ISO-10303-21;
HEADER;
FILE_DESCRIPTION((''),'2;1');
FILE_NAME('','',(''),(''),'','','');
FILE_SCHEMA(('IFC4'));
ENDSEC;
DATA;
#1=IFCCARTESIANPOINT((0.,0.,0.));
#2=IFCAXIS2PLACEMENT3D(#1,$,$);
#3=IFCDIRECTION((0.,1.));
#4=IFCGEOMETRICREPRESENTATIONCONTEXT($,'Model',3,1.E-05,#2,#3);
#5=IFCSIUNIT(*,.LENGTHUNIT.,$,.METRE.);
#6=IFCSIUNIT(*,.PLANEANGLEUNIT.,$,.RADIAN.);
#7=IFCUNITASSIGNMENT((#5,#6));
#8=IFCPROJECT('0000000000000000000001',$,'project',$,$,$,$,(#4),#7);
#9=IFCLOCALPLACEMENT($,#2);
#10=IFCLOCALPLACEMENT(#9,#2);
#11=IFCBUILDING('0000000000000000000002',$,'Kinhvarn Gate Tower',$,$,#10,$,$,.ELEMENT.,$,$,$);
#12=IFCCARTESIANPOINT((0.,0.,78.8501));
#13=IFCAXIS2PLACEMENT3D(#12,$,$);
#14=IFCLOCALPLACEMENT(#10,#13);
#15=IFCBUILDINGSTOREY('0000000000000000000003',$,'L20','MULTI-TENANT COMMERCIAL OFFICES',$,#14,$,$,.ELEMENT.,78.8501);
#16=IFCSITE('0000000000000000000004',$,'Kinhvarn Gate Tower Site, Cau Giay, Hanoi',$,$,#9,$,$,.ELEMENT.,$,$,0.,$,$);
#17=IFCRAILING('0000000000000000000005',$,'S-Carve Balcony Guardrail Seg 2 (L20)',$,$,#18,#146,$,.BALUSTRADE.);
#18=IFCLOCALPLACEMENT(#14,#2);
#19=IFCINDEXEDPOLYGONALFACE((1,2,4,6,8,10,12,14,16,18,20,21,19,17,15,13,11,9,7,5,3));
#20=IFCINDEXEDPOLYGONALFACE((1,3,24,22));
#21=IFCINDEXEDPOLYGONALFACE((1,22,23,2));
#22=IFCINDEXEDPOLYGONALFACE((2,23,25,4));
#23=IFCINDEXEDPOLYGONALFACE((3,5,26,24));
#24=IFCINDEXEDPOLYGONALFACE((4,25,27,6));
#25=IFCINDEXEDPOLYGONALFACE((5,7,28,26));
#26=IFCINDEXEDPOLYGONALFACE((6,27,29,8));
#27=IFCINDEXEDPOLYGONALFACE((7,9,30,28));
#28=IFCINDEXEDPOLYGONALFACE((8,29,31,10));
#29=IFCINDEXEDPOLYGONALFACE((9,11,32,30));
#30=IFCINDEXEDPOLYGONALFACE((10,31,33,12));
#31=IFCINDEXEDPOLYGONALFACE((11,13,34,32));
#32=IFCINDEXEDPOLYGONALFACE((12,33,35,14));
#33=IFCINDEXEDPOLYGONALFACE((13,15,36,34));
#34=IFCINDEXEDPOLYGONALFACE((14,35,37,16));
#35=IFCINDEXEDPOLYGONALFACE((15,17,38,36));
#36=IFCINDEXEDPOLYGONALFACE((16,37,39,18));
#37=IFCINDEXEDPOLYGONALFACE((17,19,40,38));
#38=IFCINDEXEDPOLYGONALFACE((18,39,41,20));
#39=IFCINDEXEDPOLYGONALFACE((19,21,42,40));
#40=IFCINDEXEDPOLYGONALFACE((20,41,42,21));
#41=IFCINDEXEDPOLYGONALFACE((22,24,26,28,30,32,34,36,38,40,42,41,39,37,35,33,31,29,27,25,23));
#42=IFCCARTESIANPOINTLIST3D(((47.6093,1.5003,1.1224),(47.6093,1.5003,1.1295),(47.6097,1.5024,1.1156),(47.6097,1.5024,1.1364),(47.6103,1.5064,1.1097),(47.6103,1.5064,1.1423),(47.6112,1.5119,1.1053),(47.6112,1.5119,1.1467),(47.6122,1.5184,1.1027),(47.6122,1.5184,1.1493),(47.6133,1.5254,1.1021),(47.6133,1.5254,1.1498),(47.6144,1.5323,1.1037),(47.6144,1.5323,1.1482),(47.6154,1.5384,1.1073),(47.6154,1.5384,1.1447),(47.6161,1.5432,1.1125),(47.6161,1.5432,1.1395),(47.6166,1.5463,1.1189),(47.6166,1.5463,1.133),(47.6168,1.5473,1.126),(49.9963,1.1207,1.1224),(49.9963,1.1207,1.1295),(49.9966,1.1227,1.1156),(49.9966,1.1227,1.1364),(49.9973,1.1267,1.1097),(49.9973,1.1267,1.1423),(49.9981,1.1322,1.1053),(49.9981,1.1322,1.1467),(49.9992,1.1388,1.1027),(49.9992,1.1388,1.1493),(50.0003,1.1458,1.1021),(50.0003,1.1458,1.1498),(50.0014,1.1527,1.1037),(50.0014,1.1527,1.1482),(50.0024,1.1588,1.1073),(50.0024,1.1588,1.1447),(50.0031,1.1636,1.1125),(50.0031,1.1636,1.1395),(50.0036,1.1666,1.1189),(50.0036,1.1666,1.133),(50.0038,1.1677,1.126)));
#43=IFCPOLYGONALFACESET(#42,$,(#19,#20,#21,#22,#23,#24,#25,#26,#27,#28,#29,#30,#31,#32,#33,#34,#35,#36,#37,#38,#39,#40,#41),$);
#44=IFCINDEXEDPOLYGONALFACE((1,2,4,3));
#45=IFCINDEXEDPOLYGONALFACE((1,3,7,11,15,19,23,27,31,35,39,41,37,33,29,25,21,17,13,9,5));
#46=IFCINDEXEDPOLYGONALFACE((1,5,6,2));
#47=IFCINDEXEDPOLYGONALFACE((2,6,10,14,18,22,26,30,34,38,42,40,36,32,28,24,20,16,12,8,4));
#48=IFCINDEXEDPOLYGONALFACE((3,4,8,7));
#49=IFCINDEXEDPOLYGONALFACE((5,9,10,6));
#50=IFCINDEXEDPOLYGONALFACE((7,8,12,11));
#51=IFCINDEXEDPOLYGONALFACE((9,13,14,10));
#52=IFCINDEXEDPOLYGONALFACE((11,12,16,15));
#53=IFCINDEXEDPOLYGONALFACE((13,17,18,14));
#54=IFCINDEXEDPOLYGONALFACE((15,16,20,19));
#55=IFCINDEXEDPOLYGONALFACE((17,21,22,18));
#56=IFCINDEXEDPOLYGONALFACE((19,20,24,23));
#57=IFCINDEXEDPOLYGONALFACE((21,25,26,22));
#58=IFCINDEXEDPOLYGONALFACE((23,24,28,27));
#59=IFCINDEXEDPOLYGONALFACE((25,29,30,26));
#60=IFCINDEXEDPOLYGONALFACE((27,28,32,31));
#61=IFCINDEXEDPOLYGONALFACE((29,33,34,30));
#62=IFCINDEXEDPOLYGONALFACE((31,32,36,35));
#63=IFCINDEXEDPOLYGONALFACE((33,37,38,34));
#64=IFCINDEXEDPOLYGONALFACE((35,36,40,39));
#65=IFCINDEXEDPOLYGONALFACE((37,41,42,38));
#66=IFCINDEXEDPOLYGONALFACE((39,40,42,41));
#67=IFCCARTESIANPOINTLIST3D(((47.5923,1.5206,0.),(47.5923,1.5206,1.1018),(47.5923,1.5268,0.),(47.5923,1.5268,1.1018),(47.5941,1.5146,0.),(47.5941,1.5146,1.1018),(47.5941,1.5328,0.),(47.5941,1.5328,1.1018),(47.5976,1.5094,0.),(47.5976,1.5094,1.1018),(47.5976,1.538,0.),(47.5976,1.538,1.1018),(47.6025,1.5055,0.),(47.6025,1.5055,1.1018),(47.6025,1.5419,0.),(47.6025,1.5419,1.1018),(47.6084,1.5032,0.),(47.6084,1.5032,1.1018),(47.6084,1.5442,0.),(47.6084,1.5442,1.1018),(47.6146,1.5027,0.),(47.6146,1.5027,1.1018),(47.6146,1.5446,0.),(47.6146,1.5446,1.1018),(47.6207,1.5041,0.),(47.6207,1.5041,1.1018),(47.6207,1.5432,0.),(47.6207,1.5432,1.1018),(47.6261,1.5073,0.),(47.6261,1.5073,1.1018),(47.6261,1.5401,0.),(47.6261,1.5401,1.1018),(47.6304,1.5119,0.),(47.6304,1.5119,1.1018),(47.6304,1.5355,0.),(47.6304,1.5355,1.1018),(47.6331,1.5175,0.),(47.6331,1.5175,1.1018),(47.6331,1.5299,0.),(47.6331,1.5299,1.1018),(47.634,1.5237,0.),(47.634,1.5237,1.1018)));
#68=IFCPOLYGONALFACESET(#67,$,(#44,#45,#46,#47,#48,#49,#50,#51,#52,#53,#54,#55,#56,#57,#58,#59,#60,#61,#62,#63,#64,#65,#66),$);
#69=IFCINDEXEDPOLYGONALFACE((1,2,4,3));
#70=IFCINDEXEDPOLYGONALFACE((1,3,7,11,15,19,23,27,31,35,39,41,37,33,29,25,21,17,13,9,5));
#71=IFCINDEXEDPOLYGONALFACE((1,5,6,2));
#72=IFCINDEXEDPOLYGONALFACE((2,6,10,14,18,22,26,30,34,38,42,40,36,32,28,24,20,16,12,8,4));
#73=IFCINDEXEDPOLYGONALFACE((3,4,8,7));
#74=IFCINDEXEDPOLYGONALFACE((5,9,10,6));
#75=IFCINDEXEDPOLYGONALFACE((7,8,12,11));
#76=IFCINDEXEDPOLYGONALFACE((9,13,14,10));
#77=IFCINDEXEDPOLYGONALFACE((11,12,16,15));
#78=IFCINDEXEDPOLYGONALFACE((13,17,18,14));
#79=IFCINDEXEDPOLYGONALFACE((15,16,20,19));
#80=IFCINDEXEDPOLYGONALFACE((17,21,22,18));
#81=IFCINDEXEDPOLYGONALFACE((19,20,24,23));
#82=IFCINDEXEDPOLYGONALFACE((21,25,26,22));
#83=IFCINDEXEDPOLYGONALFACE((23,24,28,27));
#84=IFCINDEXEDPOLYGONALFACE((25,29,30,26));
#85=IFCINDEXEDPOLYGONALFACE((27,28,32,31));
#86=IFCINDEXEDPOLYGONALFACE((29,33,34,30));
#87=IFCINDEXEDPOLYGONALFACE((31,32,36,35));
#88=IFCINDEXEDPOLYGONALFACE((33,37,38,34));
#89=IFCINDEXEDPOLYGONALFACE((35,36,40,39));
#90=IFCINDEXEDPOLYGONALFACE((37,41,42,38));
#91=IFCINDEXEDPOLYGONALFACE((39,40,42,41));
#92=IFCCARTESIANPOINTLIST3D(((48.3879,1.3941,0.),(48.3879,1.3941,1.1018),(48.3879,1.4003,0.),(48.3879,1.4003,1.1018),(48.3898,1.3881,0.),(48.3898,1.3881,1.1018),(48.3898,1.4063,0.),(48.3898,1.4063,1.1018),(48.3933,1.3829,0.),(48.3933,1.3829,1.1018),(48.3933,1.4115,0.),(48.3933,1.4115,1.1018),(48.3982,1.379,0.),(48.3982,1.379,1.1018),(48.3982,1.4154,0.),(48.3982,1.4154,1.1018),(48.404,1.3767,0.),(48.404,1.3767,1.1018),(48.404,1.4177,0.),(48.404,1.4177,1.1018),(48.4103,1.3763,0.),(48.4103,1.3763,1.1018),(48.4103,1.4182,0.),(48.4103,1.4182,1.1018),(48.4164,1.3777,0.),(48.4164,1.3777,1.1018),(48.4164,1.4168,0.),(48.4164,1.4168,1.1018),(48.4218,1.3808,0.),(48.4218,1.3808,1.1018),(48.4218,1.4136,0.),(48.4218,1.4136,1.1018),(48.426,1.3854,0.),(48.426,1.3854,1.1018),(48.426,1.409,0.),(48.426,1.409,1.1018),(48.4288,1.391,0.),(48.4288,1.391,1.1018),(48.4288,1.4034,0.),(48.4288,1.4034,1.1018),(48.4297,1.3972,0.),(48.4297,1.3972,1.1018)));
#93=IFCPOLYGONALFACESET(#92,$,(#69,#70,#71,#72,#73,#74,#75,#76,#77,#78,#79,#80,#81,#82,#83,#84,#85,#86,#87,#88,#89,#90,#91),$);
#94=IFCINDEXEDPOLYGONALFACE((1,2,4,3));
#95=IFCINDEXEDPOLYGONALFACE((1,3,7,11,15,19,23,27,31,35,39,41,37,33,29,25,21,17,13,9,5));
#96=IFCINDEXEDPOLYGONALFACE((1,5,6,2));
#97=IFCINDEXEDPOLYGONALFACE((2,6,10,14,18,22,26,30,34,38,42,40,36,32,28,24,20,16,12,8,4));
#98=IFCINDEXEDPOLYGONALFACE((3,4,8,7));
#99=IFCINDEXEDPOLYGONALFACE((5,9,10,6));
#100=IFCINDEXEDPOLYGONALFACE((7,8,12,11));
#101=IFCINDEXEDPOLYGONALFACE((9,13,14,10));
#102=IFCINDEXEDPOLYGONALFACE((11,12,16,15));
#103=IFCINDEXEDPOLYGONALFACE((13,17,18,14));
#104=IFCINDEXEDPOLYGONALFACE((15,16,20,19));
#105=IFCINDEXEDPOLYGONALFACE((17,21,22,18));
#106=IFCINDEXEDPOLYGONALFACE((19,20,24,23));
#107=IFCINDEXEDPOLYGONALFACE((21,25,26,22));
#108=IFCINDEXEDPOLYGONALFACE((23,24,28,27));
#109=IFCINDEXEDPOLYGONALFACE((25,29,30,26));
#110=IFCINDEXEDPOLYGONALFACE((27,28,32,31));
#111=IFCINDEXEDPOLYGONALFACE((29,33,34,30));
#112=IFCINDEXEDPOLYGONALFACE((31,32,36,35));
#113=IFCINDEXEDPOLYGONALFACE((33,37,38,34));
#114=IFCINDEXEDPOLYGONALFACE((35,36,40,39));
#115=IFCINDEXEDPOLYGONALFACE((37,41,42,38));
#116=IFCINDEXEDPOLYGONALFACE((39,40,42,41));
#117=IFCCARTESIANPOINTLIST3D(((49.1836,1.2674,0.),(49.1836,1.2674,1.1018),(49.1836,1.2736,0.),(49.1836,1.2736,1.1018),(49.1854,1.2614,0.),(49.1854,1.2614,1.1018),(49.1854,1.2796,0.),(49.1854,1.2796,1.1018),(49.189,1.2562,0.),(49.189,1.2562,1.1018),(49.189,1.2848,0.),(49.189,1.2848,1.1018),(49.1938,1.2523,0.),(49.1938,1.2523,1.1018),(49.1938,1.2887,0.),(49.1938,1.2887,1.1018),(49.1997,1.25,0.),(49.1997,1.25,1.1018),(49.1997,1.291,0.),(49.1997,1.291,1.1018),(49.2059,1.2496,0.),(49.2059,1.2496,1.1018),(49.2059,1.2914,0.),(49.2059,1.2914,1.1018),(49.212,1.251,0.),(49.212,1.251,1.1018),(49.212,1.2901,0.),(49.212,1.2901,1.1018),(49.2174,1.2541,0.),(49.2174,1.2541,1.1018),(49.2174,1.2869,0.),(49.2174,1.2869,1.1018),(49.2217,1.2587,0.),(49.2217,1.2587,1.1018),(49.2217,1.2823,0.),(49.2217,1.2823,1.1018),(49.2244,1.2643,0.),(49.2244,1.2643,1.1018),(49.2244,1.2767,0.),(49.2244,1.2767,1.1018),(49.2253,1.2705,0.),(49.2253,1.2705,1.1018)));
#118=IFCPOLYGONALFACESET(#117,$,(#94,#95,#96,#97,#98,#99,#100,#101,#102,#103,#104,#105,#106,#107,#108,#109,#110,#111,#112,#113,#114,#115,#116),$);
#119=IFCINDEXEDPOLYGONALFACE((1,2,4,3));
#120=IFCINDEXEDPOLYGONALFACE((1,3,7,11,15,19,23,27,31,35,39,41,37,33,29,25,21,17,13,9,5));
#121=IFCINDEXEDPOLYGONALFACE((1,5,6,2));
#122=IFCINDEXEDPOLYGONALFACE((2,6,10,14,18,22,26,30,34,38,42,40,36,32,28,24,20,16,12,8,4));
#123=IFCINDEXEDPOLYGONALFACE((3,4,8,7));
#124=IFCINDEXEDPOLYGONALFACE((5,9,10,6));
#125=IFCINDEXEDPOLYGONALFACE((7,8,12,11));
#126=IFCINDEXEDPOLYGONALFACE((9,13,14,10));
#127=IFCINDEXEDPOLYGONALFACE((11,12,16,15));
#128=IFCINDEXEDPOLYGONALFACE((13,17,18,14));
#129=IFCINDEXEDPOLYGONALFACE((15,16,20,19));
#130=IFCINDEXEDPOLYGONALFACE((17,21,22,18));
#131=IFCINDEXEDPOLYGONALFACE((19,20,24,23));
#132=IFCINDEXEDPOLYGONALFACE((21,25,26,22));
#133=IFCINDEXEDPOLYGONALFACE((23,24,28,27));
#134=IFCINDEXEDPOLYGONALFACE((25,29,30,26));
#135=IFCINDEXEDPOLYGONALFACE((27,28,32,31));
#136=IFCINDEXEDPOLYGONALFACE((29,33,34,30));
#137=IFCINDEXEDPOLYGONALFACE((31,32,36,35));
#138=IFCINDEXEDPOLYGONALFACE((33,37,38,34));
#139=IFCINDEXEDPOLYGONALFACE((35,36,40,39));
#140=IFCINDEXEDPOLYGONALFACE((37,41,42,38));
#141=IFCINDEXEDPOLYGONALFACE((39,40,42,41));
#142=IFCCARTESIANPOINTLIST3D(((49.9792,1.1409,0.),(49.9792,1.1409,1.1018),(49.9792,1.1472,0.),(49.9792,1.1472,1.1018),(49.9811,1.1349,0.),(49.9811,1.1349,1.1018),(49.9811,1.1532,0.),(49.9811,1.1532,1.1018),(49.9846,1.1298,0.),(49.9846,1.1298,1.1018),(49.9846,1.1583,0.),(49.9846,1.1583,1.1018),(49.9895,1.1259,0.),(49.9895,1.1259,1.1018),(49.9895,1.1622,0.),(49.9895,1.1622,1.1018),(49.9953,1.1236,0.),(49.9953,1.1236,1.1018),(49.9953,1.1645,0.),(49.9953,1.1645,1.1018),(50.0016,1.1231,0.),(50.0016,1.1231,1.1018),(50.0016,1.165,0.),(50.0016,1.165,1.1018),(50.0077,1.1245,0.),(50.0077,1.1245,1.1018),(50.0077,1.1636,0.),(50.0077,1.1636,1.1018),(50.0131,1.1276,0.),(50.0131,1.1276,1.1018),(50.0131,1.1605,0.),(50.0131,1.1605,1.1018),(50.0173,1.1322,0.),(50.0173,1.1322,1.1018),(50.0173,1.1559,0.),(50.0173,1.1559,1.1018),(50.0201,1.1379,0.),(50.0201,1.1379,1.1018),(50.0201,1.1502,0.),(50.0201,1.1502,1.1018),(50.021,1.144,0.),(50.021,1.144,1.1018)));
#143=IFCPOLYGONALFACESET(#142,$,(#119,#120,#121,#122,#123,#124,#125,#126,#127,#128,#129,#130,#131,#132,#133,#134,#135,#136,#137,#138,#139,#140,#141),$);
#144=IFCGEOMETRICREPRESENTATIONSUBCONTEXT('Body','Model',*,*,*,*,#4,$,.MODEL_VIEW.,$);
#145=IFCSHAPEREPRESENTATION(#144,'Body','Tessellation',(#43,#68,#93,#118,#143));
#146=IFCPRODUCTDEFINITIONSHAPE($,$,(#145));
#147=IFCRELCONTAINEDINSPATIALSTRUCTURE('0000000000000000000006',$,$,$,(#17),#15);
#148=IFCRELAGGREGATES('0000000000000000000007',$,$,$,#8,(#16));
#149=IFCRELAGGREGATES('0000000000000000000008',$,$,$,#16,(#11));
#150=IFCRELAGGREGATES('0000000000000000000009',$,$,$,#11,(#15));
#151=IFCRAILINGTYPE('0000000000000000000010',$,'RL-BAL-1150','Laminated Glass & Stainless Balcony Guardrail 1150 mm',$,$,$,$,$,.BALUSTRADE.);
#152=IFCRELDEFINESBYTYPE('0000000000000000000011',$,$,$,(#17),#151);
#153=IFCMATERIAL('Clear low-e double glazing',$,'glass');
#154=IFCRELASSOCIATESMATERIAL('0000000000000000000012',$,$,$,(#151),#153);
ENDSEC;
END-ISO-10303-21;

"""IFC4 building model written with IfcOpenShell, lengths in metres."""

from ifc_helpers import new_model, si_unit, direction, frame, origin, origin_2d, place, context, subcontext, project, spatial, circle, extrude, material, type_object, element, save


model = new_model("IFC4")

# Units and contexts
model_context = context("Model", 3, precision=1e-05, world=origin(), true_north=direction((0.0, 1.0)))
body_context = subcontext(model_context, "Body", "Model", "MODEL_VIEW")
ifc_project = project(units=[si_unit("LENGTHUNIT", "METRE"), si_unit("PLANEANGLEUNIT", "RADIAN")], contexts=[model_context])

# Site, building, storey
site_placement = place(None, origin())
site = spatial("IfcSite", under=ifc_project, at=site_placement, Name="Kinhvarn Gate Tower Site, Cau Giay, Hanoi", CompositionType="ELEMENT", RefElevation=0.0)
building_placement = place(site_placement, origin())
building = spatial("IfcBuilding", under=site, at=building_placement, Name="Kinhvarn Gate Tower", CompositionType="ELEMENT")
storey_placement = place(building_placement, frame((0.0, 0.0, 78.8501)))
storey = spatial("IfcBuildingStorey", under=building, at=storey_placement, Name="L20", Description="MULTI-TENANT COMMERCIAL OFFICES", CompositionType="ELEMENT", Elevation=78.8501)

# Shared definitions
ifc_material_1 = material(Name="Clear low-e double glazing", Category="glass")

# Railing
railing_type = type_object("IfcRailingType", Name="RL-BAL-1150", Description="Laminated Glass & Stainless Balcony Guardrail 1150 mm", PredefinedType="BALUSTRADE", material=ifc_material_1)
railing_1_placement = place(storey_placement, frame((47.613, 1.5237, 0.0)))
element("IfcRailing", 1, at=railing_1_placement, inside=storey, type_object=railing_type, Name="S-Carve Balcony Guardrail Seg 2 (L20)", PredefinedType="BALUSTRADE", context=body_context, shape_type="SweptSolid", body=[
    extrude(circle(Radius=0.0239, at=origin_2d()), frame((0.0, 0.0, 1.126), z_axis=(0.987587, -0.157073, 0.0), x_axis=(0.157073, 0.987587, 0.0)), (0.0, 0.0, 1.0), 2.417),
    extrude(circle(Radius=0.021, at=origin_2d()), origin(), (0.0, 0.0, 1.0), 1.1018),
    extrude(circle(Radius=0.021, at=origin_2d()), frame((0.7957, -0.1265, 0.0)), (0.0, 0.0, 1.0), 1.1018),
    extrude(circle(Radius=0.021, at=origin_2d()), frame((1.5913, -0.2532, 0.0)), (0.0, 0.0, 1.0), 1.1018),
    extrude(circle(Radius=0.021, at=origin_2d()), frame((2.387, -0.3796, 0.0)), (0.0, 0.0, 1.0), 1.1018),
])

save(model, "model.ifc")
